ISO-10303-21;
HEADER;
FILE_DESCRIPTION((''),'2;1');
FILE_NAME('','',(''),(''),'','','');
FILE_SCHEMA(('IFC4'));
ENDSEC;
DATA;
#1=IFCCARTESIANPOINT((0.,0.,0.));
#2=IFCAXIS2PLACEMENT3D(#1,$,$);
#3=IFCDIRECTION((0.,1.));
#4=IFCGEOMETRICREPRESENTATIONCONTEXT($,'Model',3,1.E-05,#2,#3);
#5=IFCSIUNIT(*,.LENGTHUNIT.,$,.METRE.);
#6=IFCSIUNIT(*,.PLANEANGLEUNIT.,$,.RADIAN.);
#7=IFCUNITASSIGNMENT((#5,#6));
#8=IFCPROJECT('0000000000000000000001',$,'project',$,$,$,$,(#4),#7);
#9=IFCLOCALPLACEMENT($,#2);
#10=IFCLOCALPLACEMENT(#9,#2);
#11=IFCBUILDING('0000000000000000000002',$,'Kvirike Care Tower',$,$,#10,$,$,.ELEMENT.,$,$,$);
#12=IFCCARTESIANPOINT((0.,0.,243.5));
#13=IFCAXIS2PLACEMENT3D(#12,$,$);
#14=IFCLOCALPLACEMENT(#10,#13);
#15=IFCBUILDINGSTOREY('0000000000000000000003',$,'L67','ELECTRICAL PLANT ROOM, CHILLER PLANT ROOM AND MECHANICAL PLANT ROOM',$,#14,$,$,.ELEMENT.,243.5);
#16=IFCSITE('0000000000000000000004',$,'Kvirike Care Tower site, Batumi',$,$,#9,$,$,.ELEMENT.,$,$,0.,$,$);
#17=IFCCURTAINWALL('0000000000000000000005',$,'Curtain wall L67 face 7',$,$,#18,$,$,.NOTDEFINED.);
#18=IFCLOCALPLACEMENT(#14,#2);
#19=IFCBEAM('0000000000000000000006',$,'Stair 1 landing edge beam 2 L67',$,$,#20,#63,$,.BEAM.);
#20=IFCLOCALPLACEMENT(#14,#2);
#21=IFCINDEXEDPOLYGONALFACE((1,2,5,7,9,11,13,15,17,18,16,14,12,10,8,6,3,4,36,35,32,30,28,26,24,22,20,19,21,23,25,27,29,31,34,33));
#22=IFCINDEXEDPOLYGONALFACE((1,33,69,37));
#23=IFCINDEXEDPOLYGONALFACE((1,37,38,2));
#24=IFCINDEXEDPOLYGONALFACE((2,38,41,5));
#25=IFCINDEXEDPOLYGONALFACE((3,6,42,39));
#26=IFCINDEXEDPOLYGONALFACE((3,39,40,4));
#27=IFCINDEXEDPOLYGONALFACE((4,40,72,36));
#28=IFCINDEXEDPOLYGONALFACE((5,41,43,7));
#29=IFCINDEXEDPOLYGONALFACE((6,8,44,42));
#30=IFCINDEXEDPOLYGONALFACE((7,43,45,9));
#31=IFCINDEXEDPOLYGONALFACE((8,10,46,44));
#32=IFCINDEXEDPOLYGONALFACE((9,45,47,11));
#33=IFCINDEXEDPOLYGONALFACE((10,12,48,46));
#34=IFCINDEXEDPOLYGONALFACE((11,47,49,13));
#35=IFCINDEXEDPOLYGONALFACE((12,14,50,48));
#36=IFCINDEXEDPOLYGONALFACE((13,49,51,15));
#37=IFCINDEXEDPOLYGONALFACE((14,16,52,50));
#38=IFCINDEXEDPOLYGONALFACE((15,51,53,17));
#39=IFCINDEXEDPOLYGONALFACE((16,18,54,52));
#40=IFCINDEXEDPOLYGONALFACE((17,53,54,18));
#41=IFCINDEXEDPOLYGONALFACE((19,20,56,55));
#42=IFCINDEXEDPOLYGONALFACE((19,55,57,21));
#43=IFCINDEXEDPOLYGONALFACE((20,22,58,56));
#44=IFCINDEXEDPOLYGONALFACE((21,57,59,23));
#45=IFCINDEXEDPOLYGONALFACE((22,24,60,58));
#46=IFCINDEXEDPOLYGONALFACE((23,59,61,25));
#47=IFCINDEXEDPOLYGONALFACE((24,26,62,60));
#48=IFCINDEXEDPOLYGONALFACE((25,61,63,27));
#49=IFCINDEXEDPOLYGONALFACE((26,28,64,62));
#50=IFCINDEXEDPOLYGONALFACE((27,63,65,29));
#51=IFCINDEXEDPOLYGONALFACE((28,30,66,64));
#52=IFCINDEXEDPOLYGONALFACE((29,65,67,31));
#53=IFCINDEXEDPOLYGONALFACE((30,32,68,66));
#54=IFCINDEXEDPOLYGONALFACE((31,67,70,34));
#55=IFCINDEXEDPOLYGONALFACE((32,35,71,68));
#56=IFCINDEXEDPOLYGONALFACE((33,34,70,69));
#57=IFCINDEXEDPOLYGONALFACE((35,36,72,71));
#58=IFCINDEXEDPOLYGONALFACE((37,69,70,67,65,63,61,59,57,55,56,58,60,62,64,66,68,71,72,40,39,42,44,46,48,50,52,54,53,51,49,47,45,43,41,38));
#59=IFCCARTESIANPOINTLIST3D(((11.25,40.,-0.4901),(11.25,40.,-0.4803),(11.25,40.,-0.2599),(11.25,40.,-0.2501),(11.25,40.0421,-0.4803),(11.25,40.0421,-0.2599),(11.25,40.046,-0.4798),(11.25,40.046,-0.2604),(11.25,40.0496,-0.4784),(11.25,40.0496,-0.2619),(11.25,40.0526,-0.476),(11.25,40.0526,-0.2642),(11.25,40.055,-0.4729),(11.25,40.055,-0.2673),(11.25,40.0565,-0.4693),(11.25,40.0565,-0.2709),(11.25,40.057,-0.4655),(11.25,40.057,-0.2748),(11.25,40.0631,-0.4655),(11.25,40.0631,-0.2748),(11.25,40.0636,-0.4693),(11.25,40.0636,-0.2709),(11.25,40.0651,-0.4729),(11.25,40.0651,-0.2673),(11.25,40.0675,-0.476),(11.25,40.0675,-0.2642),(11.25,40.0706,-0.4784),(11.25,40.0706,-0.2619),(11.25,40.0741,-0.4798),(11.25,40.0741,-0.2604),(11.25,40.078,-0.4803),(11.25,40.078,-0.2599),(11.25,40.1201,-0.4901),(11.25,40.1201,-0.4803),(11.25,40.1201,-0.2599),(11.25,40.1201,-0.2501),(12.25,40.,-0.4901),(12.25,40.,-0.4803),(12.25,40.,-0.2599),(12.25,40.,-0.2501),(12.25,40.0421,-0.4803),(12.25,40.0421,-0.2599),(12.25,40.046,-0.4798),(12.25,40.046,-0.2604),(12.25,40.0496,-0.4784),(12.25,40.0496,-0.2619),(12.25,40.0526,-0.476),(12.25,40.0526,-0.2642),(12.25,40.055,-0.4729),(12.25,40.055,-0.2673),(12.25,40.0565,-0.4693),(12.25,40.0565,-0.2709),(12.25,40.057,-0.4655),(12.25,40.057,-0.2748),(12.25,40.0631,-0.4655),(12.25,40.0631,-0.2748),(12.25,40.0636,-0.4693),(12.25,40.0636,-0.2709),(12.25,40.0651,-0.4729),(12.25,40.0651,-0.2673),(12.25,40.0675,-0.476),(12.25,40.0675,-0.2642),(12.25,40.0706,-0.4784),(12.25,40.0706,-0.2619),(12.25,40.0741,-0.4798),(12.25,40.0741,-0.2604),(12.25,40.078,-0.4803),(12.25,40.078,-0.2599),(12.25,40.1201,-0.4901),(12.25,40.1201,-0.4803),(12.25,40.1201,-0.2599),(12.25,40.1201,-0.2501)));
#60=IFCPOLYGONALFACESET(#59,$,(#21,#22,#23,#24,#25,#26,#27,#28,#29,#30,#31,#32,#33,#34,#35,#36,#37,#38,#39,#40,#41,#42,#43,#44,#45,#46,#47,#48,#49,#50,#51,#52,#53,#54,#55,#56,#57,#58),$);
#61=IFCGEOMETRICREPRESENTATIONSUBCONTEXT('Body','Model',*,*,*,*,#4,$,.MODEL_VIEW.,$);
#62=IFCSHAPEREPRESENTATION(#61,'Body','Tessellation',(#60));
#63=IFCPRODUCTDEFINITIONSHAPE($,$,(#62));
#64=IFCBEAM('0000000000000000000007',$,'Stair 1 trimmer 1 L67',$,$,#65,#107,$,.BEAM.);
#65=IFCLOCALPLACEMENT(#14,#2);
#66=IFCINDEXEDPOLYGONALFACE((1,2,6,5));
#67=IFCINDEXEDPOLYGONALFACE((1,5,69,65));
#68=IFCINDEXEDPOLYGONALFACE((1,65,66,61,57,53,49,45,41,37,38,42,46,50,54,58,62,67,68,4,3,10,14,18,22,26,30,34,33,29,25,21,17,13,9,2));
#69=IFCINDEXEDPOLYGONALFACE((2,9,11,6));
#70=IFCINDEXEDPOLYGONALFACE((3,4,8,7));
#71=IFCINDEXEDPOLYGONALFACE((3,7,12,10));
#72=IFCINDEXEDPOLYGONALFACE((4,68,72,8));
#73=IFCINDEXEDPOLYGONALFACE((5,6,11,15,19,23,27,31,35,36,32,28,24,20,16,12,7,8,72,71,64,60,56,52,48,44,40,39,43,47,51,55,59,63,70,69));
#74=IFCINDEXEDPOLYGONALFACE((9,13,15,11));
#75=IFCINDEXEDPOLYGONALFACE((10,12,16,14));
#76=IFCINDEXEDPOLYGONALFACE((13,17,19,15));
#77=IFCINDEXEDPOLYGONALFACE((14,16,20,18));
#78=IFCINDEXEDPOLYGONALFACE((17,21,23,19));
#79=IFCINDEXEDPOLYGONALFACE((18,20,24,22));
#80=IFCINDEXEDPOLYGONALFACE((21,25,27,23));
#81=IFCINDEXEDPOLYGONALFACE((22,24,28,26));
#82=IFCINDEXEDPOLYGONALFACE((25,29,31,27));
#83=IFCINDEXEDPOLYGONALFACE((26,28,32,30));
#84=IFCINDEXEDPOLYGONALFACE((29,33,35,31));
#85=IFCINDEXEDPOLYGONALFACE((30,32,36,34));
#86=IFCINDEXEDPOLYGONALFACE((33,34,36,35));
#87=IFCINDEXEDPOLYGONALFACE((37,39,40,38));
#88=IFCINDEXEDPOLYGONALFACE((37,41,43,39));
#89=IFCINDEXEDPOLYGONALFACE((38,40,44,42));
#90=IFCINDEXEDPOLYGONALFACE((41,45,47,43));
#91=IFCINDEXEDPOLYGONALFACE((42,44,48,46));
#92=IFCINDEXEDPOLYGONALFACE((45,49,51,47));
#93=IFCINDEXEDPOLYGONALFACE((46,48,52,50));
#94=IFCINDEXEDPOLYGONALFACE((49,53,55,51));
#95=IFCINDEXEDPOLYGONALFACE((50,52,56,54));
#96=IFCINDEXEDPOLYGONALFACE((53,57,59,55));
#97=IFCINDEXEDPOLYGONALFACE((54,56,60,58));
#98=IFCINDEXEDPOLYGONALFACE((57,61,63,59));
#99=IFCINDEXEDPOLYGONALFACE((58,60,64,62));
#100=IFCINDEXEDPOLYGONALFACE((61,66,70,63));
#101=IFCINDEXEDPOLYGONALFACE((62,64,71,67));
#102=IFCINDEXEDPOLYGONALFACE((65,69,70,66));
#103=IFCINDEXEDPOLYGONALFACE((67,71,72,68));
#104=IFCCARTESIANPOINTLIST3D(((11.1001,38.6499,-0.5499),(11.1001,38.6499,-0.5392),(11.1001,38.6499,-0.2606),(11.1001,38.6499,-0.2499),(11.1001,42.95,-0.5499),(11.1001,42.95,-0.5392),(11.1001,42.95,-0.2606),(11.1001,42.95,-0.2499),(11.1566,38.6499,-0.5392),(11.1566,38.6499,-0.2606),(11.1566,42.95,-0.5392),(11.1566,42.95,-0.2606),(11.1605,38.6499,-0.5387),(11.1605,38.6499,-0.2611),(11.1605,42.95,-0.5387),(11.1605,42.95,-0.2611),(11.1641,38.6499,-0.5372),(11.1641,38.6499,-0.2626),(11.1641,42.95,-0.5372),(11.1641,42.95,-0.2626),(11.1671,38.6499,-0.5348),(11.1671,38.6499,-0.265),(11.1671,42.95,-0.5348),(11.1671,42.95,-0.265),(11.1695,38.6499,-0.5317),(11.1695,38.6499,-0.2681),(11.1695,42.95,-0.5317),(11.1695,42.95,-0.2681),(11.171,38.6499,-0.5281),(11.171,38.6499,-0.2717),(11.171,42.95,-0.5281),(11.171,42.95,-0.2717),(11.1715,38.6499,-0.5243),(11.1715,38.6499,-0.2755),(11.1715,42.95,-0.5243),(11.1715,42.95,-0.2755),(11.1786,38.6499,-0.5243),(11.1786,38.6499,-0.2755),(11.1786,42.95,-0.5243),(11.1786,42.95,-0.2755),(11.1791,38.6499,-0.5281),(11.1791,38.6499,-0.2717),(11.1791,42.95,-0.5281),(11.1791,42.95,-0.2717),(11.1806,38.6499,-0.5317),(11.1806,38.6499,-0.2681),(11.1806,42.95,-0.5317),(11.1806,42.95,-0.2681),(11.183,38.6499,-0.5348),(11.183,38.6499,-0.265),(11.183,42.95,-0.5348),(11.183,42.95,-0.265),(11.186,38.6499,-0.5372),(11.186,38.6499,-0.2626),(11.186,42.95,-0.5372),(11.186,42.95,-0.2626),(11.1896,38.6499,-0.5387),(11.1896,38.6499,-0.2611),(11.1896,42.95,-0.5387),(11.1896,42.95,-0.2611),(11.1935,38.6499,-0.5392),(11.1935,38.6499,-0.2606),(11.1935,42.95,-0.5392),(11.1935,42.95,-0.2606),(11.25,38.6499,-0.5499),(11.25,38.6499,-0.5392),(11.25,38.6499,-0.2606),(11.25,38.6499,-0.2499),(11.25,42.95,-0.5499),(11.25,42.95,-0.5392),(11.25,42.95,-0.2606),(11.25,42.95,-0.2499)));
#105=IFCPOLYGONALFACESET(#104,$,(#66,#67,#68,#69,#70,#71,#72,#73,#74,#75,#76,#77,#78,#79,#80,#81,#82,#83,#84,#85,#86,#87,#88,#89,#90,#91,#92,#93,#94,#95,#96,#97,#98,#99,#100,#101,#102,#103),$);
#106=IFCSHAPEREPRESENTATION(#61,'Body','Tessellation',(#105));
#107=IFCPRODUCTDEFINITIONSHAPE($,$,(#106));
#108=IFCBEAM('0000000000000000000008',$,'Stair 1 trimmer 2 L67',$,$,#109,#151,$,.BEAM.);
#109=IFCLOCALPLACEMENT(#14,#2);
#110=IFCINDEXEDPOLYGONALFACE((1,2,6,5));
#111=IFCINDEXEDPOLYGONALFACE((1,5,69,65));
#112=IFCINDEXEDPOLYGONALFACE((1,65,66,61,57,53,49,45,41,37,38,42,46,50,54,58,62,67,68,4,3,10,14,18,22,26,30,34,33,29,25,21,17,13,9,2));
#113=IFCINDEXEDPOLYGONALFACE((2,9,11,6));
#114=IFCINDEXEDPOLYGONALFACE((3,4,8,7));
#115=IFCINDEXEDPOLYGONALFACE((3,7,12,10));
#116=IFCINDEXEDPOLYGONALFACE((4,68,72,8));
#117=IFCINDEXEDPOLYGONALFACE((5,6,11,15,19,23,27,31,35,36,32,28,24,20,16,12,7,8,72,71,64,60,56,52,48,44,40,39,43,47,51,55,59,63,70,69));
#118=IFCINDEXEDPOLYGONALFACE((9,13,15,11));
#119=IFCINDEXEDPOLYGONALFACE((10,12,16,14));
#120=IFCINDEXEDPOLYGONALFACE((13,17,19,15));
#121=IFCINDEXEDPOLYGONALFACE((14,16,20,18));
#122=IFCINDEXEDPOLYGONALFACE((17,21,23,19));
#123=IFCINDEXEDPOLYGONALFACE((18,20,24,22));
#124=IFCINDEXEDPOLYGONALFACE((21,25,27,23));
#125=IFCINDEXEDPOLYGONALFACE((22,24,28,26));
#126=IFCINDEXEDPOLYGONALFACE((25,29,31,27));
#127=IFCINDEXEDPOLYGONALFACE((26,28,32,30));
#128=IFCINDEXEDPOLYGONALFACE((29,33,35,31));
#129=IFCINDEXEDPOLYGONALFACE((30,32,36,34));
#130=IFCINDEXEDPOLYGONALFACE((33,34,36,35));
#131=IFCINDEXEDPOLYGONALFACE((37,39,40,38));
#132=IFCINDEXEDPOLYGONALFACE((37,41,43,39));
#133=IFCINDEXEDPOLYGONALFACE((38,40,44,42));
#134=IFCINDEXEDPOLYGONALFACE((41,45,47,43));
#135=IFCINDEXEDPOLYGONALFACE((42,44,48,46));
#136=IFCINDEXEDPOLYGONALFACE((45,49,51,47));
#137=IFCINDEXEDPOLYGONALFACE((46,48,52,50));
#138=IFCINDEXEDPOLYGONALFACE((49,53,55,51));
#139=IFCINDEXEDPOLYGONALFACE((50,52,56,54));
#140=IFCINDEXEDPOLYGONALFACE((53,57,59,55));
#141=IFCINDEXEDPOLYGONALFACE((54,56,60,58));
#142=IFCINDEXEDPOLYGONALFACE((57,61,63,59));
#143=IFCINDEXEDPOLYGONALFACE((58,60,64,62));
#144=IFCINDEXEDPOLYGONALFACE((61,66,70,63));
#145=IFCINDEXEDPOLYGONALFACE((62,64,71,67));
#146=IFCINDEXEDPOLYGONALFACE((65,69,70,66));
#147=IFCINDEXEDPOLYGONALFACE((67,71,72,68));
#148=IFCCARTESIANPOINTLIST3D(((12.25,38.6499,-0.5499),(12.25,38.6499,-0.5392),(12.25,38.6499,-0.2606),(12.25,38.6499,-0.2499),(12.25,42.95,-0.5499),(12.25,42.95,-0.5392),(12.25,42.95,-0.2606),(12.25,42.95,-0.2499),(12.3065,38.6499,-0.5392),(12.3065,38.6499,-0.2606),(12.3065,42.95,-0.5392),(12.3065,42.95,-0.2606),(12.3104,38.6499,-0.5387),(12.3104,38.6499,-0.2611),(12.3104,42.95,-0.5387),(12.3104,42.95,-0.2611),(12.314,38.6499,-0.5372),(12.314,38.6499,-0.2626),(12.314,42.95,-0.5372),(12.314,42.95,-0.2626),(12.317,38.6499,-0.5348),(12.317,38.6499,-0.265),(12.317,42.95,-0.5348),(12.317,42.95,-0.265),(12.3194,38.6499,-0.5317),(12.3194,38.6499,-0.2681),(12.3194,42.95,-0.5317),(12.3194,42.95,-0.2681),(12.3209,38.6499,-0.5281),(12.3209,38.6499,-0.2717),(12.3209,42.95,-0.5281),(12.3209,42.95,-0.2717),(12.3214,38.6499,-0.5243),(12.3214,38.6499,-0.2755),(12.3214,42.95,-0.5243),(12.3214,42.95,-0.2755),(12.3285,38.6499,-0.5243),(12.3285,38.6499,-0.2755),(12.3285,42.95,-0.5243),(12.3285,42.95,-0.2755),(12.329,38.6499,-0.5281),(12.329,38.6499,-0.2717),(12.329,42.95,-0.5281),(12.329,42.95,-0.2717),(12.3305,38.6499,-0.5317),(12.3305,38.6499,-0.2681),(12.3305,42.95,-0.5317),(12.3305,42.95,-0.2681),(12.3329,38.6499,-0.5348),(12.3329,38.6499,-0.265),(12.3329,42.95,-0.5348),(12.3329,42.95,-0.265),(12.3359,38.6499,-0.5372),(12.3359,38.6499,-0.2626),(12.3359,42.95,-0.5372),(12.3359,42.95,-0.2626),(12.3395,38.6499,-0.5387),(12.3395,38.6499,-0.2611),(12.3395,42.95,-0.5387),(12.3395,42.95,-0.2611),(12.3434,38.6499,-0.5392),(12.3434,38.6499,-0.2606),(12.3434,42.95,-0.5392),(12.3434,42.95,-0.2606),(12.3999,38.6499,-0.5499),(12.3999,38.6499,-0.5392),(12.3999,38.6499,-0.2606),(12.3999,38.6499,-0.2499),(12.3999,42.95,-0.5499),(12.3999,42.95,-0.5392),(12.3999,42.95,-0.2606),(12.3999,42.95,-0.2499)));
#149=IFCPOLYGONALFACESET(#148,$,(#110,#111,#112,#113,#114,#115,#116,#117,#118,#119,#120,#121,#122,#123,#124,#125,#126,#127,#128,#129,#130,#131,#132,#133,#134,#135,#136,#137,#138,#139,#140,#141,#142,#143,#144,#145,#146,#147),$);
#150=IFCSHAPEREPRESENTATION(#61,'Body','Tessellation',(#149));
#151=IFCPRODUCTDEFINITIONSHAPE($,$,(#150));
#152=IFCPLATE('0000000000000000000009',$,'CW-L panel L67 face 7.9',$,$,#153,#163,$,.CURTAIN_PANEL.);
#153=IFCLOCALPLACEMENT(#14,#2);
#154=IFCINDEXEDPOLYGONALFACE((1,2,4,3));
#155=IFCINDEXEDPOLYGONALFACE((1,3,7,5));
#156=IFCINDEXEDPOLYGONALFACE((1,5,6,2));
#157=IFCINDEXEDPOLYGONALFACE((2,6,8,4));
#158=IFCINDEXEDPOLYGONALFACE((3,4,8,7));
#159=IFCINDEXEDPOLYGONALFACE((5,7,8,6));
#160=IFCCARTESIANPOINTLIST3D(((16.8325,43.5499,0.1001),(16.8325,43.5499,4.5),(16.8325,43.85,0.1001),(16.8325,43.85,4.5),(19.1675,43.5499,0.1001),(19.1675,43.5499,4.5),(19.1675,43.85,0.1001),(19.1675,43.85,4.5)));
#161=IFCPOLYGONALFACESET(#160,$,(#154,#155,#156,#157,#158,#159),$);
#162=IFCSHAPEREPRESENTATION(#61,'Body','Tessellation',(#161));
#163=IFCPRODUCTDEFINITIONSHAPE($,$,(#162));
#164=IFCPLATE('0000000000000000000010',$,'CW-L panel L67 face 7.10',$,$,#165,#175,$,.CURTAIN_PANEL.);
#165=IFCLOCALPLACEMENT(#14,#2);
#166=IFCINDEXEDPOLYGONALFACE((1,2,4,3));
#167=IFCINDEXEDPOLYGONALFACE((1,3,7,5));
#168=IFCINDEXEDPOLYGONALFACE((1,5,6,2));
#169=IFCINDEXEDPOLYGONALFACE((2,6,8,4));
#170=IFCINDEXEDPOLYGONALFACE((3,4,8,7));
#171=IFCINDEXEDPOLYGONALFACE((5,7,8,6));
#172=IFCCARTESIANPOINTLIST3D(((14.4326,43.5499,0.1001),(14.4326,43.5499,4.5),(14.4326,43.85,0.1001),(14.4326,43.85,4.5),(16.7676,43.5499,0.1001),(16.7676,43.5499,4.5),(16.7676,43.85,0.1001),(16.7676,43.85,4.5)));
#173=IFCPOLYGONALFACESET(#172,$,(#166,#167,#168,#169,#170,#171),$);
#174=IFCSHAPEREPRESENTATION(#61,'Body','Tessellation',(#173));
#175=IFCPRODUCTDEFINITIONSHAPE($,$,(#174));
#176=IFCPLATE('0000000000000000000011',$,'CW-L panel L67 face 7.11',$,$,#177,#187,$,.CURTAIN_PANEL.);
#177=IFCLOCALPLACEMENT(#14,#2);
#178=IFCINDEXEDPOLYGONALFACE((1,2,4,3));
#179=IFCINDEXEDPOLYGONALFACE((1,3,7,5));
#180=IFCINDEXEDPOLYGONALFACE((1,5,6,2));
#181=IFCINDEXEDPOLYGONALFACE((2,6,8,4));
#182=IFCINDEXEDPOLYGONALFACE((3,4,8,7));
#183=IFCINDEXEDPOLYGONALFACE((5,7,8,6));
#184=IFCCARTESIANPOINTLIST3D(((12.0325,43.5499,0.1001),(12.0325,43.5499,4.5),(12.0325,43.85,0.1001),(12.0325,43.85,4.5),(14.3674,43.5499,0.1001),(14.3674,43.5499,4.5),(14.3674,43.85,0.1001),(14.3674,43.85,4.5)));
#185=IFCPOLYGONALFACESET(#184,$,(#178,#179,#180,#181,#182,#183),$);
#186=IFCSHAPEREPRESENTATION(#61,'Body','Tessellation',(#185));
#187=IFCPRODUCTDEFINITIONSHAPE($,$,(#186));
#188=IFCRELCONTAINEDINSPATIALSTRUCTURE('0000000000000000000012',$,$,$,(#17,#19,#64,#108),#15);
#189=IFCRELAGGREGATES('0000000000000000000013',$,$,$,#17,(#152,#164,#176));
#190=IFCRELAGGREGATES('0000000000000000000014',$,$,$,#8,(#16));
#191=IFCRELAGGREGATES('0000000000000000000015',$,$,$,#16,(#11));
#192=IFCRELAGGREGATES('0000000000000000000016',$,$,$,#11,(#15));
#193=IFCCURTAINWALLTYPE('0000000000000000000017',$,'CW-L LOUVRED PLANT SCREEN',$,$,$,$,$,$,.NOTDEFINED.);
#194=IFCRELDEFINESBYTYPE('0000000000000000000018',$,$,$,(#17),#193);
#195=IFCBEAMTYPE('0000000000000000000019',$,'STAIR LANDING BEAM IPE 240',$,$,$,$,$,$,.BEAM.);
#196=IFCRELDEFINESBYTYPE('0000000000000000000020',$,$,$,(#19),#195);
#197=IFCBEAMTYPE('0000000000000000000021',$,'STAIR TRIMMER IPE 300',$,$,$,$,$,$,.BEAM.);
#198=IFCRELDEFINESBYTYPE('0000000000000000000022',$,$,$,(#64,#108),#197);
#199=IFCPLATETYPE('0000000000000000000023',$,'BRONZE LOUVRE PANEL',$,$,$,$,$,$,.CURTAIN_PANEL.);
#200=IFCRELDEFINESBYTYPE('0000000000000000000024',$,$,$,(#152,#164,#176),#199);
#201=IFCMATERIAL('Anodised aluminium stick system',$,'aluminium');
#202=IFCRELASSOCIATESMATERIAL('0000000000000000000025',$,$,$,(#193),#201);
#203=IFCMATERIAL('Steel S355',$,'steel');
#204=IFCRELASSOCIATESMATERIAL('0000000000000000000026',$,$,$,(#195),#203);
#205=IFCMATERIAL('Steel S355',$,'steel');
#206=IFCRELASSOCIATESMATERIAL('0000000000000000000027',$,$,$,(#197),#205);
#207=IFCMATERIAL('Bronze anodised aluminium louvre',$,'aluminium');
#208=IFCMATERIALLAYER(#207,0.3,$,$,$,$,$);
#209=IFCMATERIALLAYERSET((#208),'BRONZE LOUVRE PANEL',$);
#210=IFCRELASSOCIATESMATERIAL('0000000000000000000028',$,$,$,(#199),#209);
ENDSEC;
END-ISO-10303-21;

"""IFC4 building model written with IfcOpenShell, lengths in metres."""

from ifc_helpers import new_model, si_unit, direction, frame, origin, origin_2d, place, context, subcontext, project, spatial, rectangle, i_section, extrude, material, layer, layer_set, material_profile, profile_set, type_object, element, aggregate, save


model = new_model("IFC4")

# Units and contexts
model_context = context("Model", 3, precision=1e-05, world=origin(), true_north=direction((0.0, 1.0)))
body_context = subcontext(model_context, "Body", "Model", "MODEL_VIEW")
ifc_project = project(units=[si_unit("LENGTHUNIT", "METRE"), si_unit("PLANEANGLEUNIT", "RADIAN")], contexts=[model_context])

# Site, building, storey
site_placement = place(None, origin())
site = spatial("IfcSite", under=ifc_project, at=site_placement, Name="Kvirike Care Tower site, Batumi", CompositionType="ELEMENT", RefElevation=0.0)
building_placement = place(site_placement, origin())
building = spatial("IfcBuilding", under=site, at=building_placement, Name="Kvirike Care Tower", CompositionType="ELEMENT")
storey_placement = place(building_placement, frame((0.0, 0.0, 243.5)))
storey = spatial("IfcBuildingStorey", under=building, at=storey_placement, Name="L67", Description="ELECTRICAL PLANT ROOM, CHILLER PLANT ROOM AND MECHANICAL PLANT ROOM", CompositionType="ELEMENT", Elevation=243.5)

# Curtain wall
ifc_material_1 = material(Name="Anodised aluminium stick system", Category="aluminium")
curtain_wall_type = type_object("IfcCurtainWallType", Name="CW-L LOUVRED PLANT SCREEN", PredefinedType="NOTDEFINED", material=ifc_material_1)
curtain_wall_placement = place(storey_placement, origin())
curtain_wall = element("IfcCurtainWall", 1, at=curtain_wall_placement, inside=storey, type_object=curtain_wall_type, Name="Curtain wall L67 face 7", PredefinedType="NOTDEFINED")

# Beams
ifc_material_2 = material(Name="Steel S355", Category="steel")
ifc_material_profile_1 = material_profile(ifc_material_2, i_section(OverallWidth=0.1201, OverallDepth=0.24, WebThickness=0.0061, FlangeThickness=0.0098, FilletRadius=0.0149, at=origin_2d()), Name="IPE 240")
ifc_profile_set_1 = profile_set([ifc_material_profile_1], Name="Steel S355")
beam_type_1 = type_object("IfcBeamType", Name="STAIR LANDING BEAM IPE 240", PredefinedType="BEAM", material=ifc_profile_set_1)
for number, where, z_axis, x_axis, name in (
    (2, (11.25, 40.0601, -0.3701), (1.0, 0.0, 0.0), (0.0, 1.0, 0.0), "Stair 1 landing edge beam 2 L67"),
):
    element("IfcBeam", number, at=place(storey_placement, frame(where, z_axis=z_axis, x_axis=x_axis)), inside=storey, type_object=beam_type_1, Name=name, PredefinedType="BEAM", context=body_context, shape_type="SweptSolid", body=[
        extrude(i_section(OverallWidth=0.1201, OverallDepth=0.24, WebThickness=0.0061, FlangeThickness=0.0098, FilletRadius=0.0149, at=origin_2d()), origin(), (0.0, 0.0, 1.0), 1.0),
    ])
ifc_material_3 = material(Name="Steel S355", Category="steel")
ifc_material_profile_2 = material_profile(ifc_material_3, i_section(OverallWidth=0.1499, OverallDepth=0.3, WebThickness=0.0071, FlangeThickness=0.0107, FilletRadius=0.0149, at=origin_2d()), Name="IPE 300")
ifc_profile_set_2 = profile_set([ifc_material_profile_2], Name="Steel S355")
beam_type_2 = type_object("IfcBeamType", Name="STAIR TRIMMER IPE 300", PredefinedType="BEAM", material=ifc_profile_set_2)
for number, where, z_axis, x_axis, name in (
    (3, (11.175, 42.95, -0.3999), (0.0, -1.0, 0.0), (1.0, 0.0, 0.0), "Stair 1 trimmer 1 L67"),
    (4, (12.325, 42.95, -0.3999), (0.0, -1.0, 0.0), (1.0, 0.0, 0.0), "Stair 1 trimmer 2 L67"),
):
    element("IfcBeam", number, at=place(storey_placement, frame(where, z_axis=z_axis, x_axis=x_axis)), inside=storey, type_object=beam_type_2, Name=name, PredefinedType="BEAM", context=body_context, shape_type="SweptSolid", body=[
        extrude(i_section(OverallWidth=0.1499, OverallDepth=0.3, WebThickness=0.0071, FlangeThickness=0.0107, FilletRadius=0.0149, at=origin_2d()), origin(), (0.0, 0.0, 1.0), 4.3),
    ])

# Plates
ifc_material_4 = material(Name="Bronze anodised aluminium louvre", Category="aluminium")
ifc_layer_1 = layer(ifc_material_4, 0.3)
ifc_layer_set_1 = layer_set([ifc_layer_1], Name="BRONZE LOUVRE PANEL")
plate_type = type_object("IfcPlateType", Name="BRONZE LOUVRE PANEL", PredefinedType="CURTAIN_PANEL", material=ifc_layer_set_1)
plate_1_placement = place(storey_placement, frame((18.0, 43.7, 0.1001), z_axis=(0.0, 0.0, 1.0), x_axis=(-1.0, 0.0, 0.0)))
plate_1 = element("IfcPlate", 5, at=plate_1_placement, type_object=plate_type, Name="CW-L panel L67 face 7.9", PredefinedType="CURTAIN_PANEL", context=body_context, shape_type="SweptSolid", body=[
    extrude(rectangle(XDim=2.335, YDim=0.3, at=origin_2d()), origin(), (0.0, 0.0, 1.0), 4.3999),
])
plate_2_placement = place(storey_placement, frame((15.6001, 43.7, 0.1001), z_axis=(0.0, 0.0, 1.0), x_axis=(-1.0, 0.0, 0.0)))
plate_2 = element("IfcPlate", 6, at=plate_2_placement, type_object=plate_type, Name="CW-L panel L67 face 7.10", PredefinedType="CURTAIN_PANEL", context=body_context, shape_type="SweptSolid", body=[
    extrude(rectangle(XDim=2.335, YDim=0.3, at=origin_2d()), origin(), (0.0, 0.0, 1.0), 4.3999),
])
plate_3_placement = place(storey_placement, frame((13.2, 43.7, 0.1001), z_axis=(0.0, 0.0, 1.0), x_axis=(-1.0, 0.0, 0.0)))
plate_3 = element("IfcPlate", 7, at=plate_3_placement, type_object=plate_type, Name="CW-L panel L67 face 7.11", PredefinedType="CURTAIN_PANEL", context=body_context, shape_type="SweptSolid", body=[
    extrude(rectangle(XDim=2.335, YDim=0.3, at=origin_2d()), origin(), (0.0, 0.0, 1.0), 4.3999),
])
aggregate(curtain_wall, [plate_1, plate_2, plate_3])

save(model, "model.ifc")
